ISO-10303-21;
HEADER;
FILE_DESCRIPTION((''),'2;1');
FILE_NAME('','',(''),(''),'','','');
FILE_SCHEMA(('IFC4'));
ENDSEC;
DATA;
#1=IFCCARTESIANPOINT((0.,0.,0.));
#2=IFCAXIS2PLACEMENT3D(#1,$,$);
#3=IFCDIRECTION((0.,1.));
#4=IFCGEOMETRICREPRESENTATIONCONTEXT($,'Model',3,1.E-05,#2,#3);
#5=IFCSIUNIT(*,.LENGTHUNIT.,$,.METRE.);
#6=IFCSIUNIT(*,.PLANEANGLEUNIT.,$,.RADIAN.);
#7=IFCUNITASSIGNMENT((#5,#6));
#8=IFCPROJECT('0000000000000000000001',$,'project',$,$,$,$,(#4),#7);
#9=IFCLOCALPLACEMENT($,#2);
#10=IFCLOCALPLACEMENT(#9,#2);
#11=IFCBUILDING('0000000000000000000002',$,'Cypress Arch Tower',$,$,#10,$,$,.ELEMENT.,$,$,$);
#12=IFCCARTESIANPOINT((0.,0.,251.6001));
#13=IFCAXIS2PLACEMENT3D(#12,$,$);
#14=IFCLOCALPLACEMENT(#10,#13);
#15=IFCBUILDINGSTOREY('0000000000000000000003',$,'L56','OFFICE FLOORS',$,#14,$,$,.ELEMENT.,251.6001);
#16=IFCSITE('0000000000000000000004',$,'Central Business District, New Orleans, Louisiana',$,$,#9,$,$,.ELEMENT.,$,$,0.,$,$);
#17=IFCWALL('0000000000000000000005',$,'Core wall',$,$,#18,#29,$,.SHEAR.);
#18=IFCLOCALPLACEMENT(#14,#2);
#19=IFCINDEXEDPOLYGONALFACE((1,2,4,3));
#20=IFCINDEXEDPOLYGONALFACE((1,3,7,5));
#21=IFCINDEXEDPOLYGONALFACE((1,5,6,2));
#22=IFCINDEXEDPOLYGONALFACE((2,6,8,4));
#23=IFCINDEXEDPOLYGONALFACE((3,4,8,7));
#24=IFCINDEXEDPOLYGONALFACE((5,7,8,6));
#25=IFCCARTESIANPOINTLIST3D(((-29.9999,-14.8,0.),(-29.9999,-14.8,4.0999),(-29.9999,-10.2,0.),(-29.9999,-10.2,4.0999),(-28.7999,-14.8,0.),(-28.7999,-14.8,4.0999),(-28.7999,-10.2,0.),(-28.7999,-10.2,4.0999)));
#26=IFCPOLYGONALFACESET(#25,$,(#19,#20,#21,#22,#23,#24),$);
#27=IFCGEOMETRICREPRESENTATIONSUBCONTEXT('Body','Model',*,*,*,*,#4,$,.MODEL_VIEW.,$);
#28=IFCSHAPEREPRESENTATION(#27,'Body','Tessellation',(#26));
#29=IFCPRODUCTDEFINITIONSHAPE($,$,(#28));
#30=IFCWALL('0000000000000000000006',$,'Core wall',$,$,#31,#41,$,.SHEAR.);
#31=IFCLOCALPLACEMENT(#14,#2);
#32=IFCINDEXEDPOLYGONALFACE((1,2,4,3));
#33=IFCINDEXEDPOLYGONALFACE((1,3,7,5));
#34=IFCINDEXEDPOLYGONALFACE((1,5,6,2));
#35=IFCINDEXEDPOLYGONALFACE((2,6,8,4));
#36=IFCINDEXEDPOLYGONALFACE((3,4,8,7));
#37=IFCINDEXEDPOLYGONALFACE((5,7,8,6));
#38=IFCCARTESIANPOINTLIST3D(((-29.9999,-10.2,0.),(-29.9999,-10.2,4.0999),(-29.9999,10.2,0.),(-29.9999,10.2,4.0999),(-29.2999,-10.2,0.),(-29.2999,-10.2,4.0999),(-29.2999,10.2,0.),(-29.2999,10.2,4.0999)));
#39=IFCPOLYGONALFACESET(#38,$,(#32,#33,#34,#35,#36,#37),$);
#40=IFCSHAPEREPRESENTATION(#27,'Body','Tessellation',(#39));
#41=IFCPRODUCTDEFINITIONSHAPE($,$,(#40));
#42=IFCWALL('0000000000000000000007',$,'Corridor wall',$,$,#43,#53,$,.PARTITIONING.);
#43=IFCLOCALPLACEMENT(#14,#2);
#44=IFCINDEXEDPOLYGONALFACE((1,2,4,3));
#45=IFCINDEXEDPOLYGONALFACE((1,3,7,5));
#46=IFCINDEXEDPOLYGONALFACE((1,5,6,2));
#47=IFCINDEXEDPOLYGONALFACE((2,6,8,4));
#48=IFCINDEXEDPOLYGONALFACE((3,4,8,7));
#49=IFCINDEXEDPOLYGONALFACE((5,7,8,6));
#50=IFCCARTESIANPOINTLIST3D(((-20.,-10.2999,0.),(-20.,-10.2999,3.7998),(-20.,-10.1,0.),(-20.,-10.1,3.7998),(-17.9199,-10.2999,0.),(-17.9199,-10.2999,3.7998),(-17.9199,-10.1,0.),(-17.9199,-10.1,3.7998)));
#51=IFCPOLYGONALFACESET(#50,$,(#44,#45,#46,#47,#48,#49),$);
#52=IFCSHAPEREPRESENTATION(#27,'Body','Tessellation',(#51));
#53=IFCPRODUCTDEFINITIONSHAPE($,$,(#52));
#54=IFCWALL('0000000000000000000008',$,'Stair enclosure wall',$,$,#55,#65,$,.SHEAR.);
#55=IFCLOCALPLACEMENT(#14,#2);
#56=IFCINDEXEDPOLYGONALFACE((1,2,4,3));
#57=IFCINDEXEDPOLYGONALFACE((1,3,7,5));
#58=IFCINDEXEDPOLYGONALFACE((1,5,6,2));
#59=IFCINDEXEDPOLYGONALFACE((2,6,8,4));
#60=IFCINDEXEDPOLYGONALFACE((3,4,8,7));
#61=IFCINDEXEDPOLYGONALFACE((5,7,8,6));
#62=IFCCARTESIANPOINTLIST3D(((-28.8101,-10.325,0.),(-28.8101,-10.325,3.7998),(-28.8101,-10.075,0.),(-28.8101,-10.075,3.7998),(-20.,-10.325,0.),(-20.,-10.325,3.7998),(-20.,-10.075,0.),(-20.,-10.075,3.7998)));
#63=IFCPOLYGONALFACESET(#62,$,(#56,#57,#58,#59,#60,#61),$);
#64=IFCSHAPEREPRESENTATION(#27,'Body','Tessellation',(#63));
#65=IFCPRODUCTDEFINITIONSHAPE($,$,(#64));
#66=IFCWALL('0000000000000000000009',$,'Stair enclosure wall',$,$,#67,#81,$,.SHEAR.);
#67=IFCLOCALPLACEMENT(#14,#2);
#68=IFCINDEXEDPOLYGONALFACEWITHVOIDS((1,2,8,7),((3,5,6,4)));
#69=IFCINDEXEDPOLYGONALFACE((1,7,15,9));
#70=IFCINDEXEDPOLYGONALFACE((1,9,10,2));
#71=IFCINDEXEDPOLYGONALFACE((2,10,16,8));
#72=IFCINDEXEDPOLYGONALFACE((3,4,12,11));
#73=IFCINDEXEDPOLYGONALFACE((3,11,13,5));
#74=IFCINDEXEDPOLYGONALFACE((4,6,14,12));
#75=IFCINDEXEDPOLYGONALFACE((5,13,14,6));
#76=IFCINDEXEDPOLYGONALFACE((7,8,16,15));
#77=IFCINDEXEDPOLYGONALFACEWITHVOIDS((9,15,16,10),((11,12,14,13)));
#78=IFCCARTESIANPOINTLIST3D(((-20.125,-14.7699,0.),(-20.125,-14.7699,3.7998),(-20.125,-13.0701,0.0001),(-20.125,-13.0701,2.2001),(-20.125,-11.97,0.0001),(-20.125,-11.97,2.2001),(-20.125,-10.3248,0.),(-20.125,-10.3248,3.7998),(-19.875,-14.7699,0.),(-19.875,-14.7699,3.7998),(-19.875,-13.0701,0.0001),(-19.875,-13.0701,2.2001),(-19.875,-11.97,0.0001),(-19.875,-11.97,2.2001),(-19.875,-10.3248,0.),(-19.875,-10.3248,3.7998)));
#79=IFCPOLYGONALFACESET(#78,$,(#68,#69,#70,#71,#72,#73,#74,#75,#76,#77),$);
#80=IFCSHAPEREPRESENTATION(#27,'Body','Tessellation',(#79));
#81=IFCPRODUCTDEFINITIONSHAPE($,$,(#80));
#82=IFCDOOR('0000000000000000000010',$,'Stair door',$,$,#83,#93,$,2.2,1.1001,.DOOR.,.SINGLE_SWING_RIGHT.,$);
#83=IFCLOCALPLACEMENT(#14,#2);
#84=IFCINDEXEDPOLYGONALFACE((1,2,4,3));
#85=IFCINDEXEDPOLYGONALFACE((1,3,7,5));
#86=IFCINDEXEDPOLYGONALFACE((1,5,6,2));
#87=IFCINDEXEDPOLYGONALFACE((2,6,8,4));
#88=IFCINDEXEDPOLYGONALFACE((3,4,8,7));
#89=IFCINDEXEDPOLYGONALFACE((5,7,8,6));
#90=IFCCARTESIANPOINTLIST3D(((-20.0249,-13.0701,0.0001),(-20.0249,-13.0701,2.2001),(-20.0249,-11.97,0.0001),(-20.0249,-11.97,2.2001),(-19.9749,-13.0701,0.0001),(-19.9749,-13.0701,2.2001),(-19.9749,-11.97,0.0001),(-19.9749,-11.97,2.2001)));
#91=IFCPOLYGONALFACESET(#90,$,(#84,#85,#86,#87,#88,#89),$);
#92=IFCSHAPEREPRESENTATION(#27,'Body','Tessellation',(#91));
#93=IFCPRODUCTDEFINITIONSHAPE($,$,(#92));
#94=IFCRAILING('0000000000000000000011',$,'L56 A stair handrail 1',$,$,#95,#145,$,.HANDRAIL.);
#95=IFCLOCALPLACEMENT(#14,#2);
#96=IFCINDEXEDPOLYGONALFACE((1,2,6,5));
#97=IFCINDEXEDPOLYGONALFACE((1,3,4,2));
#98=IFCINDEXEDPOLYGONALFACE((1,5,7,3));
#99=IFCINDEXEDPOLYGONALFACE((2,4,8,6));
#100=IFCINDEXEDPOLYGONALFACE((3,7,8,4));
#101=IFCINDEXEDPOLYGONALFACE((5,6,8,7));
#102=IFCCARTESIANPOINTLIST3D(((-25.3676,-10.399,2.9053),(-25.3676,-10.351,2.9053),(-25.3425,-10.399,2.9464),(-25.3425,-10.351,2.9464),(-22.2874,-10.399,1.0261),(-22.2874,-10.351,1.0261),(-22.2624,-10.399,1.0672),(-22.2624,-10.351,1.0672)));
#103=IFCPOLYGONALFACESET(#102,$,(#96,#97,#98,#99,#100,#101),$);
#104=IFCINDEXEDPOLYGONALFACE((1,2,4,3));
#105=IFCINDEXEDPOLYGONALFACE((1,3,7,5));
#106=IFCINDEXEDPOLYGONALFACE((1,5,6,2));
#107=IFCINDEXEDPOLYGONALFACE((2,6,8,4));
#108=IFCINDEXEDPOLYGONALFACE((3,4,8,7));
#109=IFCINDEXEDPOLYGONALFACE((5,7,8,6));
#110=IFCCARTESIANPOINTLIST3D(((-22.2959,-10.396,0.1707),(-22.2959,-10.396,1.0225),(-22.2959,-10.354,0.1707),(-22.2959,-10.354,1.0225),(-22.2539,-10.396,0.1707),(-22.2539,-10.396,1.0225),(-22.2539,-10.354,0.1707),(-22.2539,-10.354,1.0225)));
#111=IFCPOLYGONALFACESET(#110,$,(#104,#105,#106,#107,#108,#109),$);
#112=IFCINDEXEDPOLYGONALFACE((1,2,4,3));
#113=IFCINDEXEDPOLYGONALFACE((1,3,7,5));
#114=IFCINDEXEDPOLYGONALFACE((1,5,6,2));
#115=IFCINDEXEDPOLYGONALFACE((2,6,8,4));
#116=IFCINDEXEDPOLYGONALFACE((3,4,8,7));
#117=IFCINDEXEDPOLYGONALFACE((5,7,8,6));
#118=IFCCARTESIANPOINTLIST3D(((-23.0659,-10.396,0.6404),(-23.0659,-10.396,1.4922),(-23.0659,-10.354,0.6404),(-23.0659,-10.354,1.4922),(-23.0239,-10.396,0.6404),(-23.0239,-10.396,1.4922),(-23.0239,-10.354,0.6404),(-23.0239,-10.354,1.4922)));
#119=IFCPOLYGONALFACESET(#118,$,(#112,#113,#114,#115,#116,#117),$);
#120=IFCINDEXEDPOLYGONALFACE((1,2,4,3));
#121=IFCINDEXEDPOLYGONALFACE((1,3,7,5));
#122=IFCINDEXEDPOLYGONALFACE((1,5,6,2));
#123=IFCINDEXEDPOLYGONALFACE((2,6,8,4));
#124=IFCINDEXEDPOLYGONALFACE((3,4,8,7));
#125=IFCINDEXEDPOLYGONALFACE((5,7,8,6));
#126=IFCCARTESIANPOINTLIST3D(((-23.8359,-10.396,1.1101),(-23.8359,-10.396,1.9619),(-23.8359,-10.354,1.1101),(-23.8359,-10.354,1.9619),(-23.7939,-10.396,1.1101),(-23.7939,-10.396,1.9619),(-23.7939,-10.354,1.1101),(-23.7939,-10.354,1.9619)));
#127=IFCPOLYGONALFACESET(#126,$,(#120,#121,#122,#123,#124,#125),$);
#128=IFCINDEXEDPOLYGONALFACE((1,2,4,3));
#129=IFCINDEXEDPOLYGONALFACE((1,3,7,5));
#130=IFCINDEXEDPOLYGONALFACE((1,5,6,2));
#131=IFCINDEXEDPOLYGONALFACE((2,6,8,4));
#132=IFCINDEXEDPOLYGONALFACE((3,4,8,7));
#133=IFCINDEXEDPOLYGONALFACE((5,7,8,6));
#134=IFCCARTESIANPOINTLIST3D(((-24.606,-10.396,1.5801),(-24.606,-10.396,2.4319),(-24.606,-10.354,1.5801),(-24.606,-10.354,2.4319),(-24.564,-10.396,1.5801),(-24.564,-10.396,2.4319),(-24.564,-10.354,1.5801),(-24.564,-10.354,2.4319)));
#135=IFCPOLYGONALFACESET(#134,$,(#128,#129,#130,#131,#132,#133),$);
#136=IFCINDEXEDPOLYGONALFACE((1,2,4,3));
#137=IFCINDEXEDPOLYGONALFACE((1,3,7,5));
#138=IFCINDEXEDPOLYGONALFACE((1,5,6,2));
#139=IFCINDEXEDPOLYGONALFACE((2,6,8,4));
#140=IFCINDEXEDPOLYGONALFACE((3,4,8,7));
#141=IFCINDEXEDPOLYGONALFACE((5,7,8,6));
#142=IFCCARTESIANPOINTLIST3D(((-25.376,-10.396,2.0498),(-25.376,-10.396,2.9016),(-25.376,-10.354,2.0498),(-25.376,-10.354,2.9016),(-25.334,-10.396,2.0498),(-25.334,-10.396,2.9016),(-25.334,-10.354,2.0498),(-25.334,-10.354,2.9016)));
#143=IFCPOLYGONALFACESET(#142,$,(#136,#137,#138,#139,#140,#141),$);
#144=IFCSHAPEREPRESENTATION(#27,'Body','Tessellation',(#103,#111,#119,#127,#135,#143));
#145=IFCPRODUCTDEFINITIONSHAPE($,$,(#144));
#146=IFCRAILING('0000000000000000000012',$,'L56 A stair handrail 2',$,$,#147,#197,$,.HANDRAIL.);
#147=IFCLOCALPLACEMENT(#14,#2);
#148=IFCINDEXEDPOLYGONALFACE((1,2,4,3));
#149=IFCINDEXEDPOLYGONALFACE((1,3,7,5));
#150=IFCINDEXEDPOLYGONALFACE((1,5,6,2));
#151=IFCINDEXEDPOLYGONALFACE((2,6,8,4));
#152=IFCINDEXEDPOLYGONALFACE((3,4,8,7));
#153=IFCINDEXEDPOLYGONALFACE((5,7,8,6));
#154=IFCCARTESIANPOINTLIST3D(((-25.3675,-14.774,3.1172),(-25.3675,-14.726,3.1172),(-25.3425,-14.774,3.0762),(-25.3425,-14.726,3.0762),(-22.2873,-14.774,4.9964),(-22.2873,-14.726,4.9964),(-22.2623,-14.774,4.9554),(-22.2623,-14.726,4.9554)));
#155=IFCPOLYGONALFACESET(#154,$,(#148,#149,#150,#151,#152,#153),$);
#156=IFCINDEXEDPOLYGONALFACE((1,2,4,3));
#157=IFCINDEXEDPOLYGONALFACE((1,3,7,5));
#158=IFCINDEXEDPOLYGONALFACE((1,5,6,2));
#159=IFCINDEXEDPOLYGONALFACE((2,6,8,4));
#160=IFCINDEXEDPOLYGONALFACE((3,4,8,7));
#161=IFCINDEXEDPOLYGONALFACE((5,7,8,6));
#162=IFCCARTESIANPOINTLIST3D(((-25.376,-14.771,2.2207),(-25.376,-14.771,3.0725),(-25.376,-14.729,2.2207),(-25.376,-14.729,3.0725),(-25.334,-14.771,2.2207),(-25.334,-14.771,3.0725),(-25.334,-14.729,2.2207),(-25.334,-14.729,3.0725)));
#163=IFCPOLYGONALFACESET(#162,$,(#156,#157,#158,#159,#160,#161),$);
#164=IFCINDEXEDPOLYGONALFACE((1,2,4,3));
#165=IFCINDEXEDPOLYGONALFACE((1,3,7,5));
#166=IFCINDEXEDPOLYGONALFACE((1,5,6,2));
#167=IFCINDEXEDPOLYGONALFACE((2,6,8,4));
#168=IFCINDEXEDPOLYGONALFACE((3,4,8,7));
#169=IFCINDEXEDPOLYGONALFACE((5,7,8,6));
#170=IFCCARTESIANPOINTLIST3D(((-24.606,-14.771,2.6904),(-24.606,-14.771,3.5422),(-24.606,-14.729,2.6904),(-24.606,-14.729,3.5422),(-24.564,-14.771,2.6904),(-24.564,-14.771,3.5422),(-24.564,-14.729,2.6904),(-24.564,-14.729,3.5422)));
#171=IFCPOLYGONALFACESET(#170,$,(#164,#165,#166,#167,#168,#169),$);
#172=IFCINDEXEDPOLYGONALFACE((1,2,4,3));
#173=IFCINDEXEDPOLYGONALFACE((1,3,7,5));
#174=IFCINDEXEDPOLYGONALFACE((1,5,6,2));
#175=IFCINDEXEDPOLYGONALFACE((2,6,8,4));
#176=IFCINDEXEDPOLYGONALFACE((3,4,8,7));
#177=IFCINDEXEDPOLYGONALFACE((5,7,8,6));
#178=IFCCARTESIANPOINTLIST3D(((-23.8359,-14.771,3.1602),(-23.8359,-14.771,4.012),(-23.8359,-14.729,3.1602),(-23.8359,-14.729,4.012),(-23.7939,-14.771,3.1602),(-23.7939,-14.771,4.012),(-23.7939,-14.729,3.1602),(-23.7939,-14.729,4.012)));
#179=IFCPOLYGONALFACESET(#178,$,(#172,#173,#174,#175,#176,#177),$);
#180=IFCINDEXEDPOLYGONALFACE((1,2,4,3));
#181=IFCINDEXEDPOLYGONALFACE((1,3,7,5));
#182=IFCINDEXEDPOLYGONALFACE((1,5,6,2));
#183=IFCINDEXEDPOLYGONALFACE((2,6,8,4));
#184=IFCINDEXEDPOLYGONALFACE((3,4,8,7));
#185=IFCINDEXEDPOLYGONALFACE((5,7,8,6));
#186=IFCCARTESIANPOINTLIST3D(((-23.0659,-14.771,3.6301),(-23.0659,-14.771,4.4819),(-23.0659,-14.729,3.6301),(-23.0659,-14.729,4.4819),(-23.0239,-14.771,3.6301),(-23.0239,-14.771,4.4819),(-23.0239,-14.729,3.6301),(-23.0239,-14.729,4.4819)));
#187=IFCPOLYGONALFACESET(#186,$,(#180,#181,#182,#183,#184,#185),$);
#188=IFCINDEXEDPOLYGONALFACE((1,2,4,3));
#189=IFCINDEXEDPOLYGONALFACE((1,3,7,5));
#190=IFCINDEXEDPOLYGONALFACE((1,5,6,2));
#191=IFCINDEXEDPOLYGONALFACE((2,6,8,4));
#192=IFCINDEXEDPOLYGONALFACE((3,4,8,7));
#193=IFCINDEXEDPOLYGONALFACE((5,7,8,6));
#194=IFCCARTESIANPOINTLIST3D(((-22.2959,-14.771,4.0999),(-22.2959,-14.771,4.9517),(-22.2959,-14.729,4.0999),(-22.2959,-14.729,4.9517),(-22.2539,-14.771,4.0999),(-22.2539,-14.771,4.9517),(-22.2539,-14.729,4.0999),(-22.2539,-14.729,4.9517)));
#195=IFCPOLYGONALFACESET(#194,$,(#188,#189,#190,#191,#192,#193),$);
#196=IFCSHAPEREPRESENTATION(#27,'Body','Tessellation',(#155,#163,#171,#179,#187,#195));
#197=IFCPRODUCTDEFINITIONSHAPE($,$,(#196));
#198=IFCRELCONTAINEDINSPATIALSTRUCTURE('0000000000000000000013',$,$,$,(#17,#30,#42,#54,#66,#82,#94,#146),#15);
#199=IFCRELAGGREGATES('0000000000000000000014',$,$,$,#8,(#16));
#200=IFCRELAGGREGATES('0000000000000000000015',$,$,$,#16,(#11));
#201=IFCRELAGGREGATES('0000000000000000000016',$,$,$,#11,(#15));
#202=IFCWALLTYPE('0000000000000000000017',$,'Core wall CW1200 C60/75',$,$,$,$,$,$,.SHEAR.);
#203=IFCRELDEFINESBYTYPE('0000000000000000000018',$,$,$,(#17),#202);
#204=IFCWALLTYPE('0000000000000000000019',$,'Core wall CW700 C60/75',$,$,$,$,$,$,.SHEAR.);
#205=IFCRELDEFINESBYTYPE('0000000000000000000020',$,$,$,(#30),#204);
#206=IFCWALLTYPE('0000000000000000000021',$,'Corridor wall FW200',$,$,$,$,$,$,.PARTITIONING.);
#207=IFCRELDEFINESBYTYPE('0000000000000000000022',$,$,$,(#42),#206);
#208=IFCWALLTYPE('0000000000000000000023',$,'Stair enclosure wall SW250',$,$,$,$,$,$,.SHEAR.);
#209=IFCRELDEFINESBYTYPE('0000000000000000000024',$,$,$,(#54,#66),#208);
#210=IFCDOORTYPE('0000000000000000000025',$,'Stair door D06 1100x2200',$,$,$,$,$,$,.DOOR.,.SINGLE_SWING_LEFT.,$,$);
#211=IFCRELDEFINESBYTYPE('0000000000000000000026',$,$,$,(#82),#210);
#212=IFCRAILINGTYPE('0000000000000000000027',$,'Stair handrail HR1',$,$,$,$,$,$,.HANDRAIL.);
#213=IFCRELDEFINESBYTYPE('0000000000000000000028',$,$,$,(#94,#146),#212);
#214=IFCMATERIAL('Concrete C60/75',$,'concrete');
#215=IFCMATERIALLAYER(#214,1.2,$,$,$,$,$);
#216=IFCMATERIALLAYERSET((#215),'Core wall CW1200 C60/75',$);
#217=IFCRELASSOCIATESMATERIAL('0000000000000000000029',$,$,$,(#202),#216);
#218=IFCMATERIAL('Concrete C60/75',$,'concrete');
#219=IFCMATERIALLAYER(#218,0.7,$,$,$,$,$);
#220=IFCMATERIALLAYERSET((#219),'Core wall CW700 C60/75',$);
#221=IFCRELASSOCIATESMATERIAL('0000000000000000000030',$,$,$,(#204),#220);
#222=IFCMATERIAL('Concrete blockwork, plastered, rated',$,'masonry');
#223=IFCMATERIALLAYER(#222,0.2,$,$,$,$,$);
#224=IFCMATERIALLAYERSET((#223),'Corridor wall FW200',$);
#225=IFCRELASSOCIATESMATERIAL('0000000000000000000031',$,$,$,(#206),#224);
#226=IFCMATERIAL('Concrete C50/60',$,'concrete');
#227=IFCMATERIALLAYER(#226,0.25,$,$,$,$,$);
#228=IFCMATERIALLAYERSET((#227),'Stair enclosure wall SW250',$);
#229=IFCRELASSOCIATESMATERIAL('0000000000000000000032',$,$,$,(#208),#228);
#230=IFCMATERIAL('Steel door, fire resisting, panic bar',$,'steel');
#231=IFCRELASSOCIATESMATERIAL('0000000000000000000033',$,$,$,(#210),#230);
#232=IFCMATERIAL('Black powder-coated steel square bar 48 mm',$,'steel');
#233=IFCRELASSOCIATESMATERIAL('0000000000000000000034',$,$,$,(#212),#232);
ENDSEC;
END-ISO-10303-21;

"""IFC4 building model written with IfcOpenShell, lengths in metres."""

from ifc_helpers import new_model, si_unit, direction, frame, frame_2d, origin, origin_2d, place, context, subcontext, project, spatial, rectangle, extrude, material, layer, layer_set, type_object, element, fill, save


model = new_model("IFC4")

# Units and contexts
model_context = context("Model", 3, precision=1e-05, world=origin(), true_north=direction((0.0, 1.0)))
body_context = subcontext(model_context, "Body", "Model", "MODEL_VIEW")
ifc_project = project(units=[si_unit("LENGTHUNIT", "METRE"), si_unit("PLANEANGLEUNIT", "RADIAN")], contexts=[model_context])

# Site, building, storey
site_placement = place(None, origin())
site = spatial("IfcSite", under=ifc_project, at=site_placement, Name="Central Business District, New Orleans, Louisiana", CompositionType="ELEMENT", RefElevation=0.0)
building_placement = place(site_placement, origin())
building = spatial("IfcBuilding", under=site, at=building_placement, Name="Cypress Arch Tower", CompositionType="ELEMENT")
storey_placement = place(building_placement, frame((0.0, 0.0, 251.6001)))
storey = spatial("IfcBuildingStorey", under=building, at=storey_placement, Name="L56", Description="OFFICE FLOORS", CompositionType="ELEMENT", Elevation=251.6001)

# Walls
ifc_material_1 = material(Name="Concrete C60/75", Category="concrete")
ifc_layer_1 = layer(ifc_material_1, 1.2)
ifc_layer_set_1 = layer_set([ifc_layer_1], Name="Core wall CW1200 C60/75")
wall_type_1 = type_object("IfcWallType", Name="Core wall CW1200 C60/75", PredefinedType="SHEAR", material=ifc_layer_set_1)
wall_1_placement = place(storey_placement, frame((-29.3999, -14.8, 0.0), z_axis=(0.0, 0.0, 1.0), x_axis=(0.0, 1.0, 0.0)))
element("IfcWall", 1, at=wall_1_placement, inside=storey, type_object=wall_type_1, Name="Core wall", PredefinedType="SHEAR", context=body_context, shape_type="SweptSolid", body=[
    extrude(rectangle(XDim=4.6001, YDim=1.2, at=frame_2d((2.3, 0.0))), origin(), (0.0, 0.0, 1.0), 4.0999),
])
ifc_material_2 = material(Name="Concrete C60/75", Category="concrete")
ifc_layer_2 = layer(ifc_material_2, 0.7)
ifc_layer_set_2 = layer_set([ifc_layer_2], Name="Core wall CW700 C60/75")
wall_type_2 = type_object("IfcWallType", Name="Core wall CW700 C60/75", PredefinedType="SHEAR", material=ifc_layer_set_2)
wall_2_placement = place(storey_placement, frame((-29.6499, -10.2, 0.0), z_axis=(0.0, 0.0, 1.0), x_axis=(0.0, 1.0, 0.0)))
element("IfcWall", 2, at=wall_2_placement, inside=storey, type_object=wall_type_2, Name="Core wall", PredefinedType="SHEAR", context=body_context, shape_type="SweptSolid", body=[
    extrude(rectangle(XDim=20.3999, YDim=0.7, at=frame_2d((10.2, 0.0))), origin(), (0.0, 0.0, 1.0), 4.0999),
])
ifc_material_3 = material(Name="Concrete blockwork, plastered, rated", Category="masonry")
ifc_layer_3 = layer(ifc_material_3, 0.2)
ifc_layer_set_3 = layer_set([ifc_layer_3], Name="Corridor wall FW200")
wall_type_3 = type_object("IfcWallType", Name="Corridor wall FW200", PredefinedType="PARTITIONING", material=ifc_layer_set_3)
wall_3_placement = place(storey_placement, frame((-20.0, -10.2, 0.0), z_axis=(0.0, 0.0, 1.0), x_axis=(1.0, 0.0, 0.0)))
element("IfcWall", 3, at=wall_3_placement, inside=storey, type_object=wall_type_3, Name="Corridor wall", PredefinedType="PARTITIONING", context=body_context, shape_type="SweptSolid", body=[
    extrude(rectangle(XDim=2.0801, YDim=0.2, at=frame_2d((1.04, 0.0))), origin(), (0.0, 0.0, 1.0), 3.7998),
])
ifc_material_4 = material(Name="Concrete C50/60", Category="concrete")
ifc_layer_4 = layer(ifc_material_4, 0.25)
ifc_layer_set_4 = layer_set([ifc_layer_4], Name="Stair enclosure wall SW250")
wall_type_4 = type_object("IfcWallType", Name="Stair enclosure wall SW250", PredefinedType="SHEAR", material=ifc_layer_set_4)
wall_4_placement = place(storey_placement, frame((-28.8101, -10.2, 0.0), z_axis=(0.0, 0.0, 1.0), x_axis=(1.0, 0.0, 0.0)))
element("IfcWall", 4, at=wall_4_placement, inside=storey, type_object=wall_type_4, Name="Stair enclosure wall", PredefinedType="SHEAR", context=body_context, shape_type="SweptSolid", body=[
    extrude(rectangle(XDim=8.8101, YDim=0.25, at=frame_2d((4.405, 0.0))), origin(), (0.0, 0.0, 1.0), 3.7998),
])

# Wall, opening, door
wall_5_placement = place(storey_placement, frame((-20.0, -14.77, 0.0), z_axis=(0.0, 0.0, 1.0), x_axis=(0.0, 1.0, 0.0)))
wall_5 = element("IfcWall", 5, at=wall_5_placement, inside=storey, type_object=wall_type_4, Name="Stair enclosure wall", PredefinedType="SHEAR", context=body_context, shape_type="SweptSolid", body=[
    extrude(rectangle(XDim=4.4451, YDim=0.25, at=frame_2d((2.2227, 0.0))), origin(), (0.0, 0.0, 1.0), 3.7998),
])
opening_1_placement = place(wall_5_placement, frame((1.7, 0.0, 0.0)))
opening_1 = element("IfcOpeningElement", 6, at=opening_1_placement, cuts=wall_5, PredefinedType="OPENING", context=body_context, shape_type="SweptSolid", body=[
    extrude(rectangle(XDim=1.1001, YDim=2.2, at=frame_2d((0.55, 1.1001))), frame((0.0, 0.135, 0.0), z_axis=(0.0, -1.0, 0.0), x_axis=(1.0, 0.0, 0.0)), (0.0, 0.0, 1.0), 0.27),
])
ifc_material_5 = material(Name="Steel door, fire resisting, panic bar", Category="steel")
door_type = type_object("IfcDoorType", Name="Stair door D06 1100x2200", OperationType="SINGLE_SWING_LEFT", PredefinedType="DOOR", material=ifc_material_5)
door_placement = place(opening_1_placement, origin())
door = element("IfcDoor", 7, at=door_placement, inside=storey, type_object=door_type, Name="Stair door", OperationType="SINGLE_SWING_RIGHT", OverallHeight=2.2, OverallWidth=1.1001, PredefinedType="DOOR", context=body_context, shape_type="SweptSolid", body=[
    extrude(rectangle(XDim=1.1001, YDim=2.2, at=frame_2d((0.55, 1.1001))), frame((0.0, 0.0249, 0.0), z_axis=(0.0, -1.0, 0.0), x_axis=(1.0, 0.0, 0.0)), (0.0, 0.0, 1.0), 0.05),
])
fill(opening_1, door)

# Railings
ifc_material_6 = material(Name="Black powder-coated steel square bar 48 mm", Category="steel")
railing_type_1 = type_object("IfcRailingType", Name="Stair handrail HR1", PredefinedType="HANDRAIL", material=ifc_material_6)
railing_1_placement = place(storey_placement, frame((-22.2749, -10.375, 0.1707)))
element("IfcRailing", 8, at=railing_1_placement, inside=storey, type_object=railing_type_1, Name="L56 A stair handrail 1", PredefinedType="HANDRAIL", context=body_context, shape_type="SweptSolid", body=[
    extrude(rectangle(XDim=0.0481, YDim=0.0481, at=origin_2d()), frame((0.0, 0.0, 0.876), z_axis=(-0.853666, 0.0, 0.52082), x_axis=(0.0, -1.0, 0.0)), (0.0, 0.0, 1.0), 3.6082),
    extrude(rectangle(XDim=0.042, YDim=0.042, at=origin_2d()), origin(), (0.0, 0.0, 1.0), 0.8518),
    extrude(rectangle(XDim=0.042, YDim=0.042, at=origin_2d()), frame((-0.77, 0.0, 0.4697)), (0.0, 0.0, 1.0), 0.8518),
    extrude(rectangle(XDim=0.042, YDim=0.042, at=origin_2d()), frame((-1.54, 0.0, 0.9395)), (0.0, 0.0, 1.0), 0.8518),
    extrude(rectangle(XDim=0.042, YDim=0.042, at=origin_2d()), frame((-2.3101, 0.0, 1.4094)), (0.0, 0.0, 1.0), 0.8518),
    extrude(rectangle(XDim=0.042, YDim=0.042, at=origin_2d()), frame((-3.0801, 0.0, 1.8792)), (0.0, 0.0, 1.0), 0.8518),
])
railing_2_placement = place(storey_placement, frame((-25.355, -14.75, 2.2207)))
element("IfcRailing", 9, at=railing_2_placement, inside=storey, type_object=railing_type_1, Name="L56 A stair handrail 2", PredefinedType="HANDRAIL", context=body_context, shape_type="SweptSolid", body=[
    extrude(rectangle(XDim=0.0481, YDim=0.0481, at=origin_2d()), frame((0.0, 0.0, 0.876), z_axis=(0.853666, 0.0, 0.52082), x_axis=(0.0, 1.0, 0.0)), (0.0, 0.0, 1.0), 3.6082),
    extrude(rectangle(XDim=0.042, YDim=0.042, at=origin_2d()), origin(), (0.0, 0.0, 1.0), 0.8518),
    extrude(rectangle(XDim=0.042, YDim=0.042, at=origin_2d()), frame((0.77, 0.0, 0.4697)), (0.0, 0.0, 1.0), 0.8518),
    extrude(rectangle(XDim=0.042, YDim=0.042, at=origin_2d()), frame((1.54, 0.0, 0.9395)), (0.0, 0.0, 1.0), 0.8518),
    extrude(rectangle(XDim=0.042, YDim=0.042, at=origin_2d()), frame((2.3101, 0.0, 1.4094)), (0.0, 0.0, 1.0), 0.8518),
    extrude(rectangle(XDim=0.042, YDim=0.042, at=origin_2d()), frame((3.0801, 0.0, 1.8792)), (0.0, 0.0, 1.0), 0.8518),
])

save(model, "model.ifc")
